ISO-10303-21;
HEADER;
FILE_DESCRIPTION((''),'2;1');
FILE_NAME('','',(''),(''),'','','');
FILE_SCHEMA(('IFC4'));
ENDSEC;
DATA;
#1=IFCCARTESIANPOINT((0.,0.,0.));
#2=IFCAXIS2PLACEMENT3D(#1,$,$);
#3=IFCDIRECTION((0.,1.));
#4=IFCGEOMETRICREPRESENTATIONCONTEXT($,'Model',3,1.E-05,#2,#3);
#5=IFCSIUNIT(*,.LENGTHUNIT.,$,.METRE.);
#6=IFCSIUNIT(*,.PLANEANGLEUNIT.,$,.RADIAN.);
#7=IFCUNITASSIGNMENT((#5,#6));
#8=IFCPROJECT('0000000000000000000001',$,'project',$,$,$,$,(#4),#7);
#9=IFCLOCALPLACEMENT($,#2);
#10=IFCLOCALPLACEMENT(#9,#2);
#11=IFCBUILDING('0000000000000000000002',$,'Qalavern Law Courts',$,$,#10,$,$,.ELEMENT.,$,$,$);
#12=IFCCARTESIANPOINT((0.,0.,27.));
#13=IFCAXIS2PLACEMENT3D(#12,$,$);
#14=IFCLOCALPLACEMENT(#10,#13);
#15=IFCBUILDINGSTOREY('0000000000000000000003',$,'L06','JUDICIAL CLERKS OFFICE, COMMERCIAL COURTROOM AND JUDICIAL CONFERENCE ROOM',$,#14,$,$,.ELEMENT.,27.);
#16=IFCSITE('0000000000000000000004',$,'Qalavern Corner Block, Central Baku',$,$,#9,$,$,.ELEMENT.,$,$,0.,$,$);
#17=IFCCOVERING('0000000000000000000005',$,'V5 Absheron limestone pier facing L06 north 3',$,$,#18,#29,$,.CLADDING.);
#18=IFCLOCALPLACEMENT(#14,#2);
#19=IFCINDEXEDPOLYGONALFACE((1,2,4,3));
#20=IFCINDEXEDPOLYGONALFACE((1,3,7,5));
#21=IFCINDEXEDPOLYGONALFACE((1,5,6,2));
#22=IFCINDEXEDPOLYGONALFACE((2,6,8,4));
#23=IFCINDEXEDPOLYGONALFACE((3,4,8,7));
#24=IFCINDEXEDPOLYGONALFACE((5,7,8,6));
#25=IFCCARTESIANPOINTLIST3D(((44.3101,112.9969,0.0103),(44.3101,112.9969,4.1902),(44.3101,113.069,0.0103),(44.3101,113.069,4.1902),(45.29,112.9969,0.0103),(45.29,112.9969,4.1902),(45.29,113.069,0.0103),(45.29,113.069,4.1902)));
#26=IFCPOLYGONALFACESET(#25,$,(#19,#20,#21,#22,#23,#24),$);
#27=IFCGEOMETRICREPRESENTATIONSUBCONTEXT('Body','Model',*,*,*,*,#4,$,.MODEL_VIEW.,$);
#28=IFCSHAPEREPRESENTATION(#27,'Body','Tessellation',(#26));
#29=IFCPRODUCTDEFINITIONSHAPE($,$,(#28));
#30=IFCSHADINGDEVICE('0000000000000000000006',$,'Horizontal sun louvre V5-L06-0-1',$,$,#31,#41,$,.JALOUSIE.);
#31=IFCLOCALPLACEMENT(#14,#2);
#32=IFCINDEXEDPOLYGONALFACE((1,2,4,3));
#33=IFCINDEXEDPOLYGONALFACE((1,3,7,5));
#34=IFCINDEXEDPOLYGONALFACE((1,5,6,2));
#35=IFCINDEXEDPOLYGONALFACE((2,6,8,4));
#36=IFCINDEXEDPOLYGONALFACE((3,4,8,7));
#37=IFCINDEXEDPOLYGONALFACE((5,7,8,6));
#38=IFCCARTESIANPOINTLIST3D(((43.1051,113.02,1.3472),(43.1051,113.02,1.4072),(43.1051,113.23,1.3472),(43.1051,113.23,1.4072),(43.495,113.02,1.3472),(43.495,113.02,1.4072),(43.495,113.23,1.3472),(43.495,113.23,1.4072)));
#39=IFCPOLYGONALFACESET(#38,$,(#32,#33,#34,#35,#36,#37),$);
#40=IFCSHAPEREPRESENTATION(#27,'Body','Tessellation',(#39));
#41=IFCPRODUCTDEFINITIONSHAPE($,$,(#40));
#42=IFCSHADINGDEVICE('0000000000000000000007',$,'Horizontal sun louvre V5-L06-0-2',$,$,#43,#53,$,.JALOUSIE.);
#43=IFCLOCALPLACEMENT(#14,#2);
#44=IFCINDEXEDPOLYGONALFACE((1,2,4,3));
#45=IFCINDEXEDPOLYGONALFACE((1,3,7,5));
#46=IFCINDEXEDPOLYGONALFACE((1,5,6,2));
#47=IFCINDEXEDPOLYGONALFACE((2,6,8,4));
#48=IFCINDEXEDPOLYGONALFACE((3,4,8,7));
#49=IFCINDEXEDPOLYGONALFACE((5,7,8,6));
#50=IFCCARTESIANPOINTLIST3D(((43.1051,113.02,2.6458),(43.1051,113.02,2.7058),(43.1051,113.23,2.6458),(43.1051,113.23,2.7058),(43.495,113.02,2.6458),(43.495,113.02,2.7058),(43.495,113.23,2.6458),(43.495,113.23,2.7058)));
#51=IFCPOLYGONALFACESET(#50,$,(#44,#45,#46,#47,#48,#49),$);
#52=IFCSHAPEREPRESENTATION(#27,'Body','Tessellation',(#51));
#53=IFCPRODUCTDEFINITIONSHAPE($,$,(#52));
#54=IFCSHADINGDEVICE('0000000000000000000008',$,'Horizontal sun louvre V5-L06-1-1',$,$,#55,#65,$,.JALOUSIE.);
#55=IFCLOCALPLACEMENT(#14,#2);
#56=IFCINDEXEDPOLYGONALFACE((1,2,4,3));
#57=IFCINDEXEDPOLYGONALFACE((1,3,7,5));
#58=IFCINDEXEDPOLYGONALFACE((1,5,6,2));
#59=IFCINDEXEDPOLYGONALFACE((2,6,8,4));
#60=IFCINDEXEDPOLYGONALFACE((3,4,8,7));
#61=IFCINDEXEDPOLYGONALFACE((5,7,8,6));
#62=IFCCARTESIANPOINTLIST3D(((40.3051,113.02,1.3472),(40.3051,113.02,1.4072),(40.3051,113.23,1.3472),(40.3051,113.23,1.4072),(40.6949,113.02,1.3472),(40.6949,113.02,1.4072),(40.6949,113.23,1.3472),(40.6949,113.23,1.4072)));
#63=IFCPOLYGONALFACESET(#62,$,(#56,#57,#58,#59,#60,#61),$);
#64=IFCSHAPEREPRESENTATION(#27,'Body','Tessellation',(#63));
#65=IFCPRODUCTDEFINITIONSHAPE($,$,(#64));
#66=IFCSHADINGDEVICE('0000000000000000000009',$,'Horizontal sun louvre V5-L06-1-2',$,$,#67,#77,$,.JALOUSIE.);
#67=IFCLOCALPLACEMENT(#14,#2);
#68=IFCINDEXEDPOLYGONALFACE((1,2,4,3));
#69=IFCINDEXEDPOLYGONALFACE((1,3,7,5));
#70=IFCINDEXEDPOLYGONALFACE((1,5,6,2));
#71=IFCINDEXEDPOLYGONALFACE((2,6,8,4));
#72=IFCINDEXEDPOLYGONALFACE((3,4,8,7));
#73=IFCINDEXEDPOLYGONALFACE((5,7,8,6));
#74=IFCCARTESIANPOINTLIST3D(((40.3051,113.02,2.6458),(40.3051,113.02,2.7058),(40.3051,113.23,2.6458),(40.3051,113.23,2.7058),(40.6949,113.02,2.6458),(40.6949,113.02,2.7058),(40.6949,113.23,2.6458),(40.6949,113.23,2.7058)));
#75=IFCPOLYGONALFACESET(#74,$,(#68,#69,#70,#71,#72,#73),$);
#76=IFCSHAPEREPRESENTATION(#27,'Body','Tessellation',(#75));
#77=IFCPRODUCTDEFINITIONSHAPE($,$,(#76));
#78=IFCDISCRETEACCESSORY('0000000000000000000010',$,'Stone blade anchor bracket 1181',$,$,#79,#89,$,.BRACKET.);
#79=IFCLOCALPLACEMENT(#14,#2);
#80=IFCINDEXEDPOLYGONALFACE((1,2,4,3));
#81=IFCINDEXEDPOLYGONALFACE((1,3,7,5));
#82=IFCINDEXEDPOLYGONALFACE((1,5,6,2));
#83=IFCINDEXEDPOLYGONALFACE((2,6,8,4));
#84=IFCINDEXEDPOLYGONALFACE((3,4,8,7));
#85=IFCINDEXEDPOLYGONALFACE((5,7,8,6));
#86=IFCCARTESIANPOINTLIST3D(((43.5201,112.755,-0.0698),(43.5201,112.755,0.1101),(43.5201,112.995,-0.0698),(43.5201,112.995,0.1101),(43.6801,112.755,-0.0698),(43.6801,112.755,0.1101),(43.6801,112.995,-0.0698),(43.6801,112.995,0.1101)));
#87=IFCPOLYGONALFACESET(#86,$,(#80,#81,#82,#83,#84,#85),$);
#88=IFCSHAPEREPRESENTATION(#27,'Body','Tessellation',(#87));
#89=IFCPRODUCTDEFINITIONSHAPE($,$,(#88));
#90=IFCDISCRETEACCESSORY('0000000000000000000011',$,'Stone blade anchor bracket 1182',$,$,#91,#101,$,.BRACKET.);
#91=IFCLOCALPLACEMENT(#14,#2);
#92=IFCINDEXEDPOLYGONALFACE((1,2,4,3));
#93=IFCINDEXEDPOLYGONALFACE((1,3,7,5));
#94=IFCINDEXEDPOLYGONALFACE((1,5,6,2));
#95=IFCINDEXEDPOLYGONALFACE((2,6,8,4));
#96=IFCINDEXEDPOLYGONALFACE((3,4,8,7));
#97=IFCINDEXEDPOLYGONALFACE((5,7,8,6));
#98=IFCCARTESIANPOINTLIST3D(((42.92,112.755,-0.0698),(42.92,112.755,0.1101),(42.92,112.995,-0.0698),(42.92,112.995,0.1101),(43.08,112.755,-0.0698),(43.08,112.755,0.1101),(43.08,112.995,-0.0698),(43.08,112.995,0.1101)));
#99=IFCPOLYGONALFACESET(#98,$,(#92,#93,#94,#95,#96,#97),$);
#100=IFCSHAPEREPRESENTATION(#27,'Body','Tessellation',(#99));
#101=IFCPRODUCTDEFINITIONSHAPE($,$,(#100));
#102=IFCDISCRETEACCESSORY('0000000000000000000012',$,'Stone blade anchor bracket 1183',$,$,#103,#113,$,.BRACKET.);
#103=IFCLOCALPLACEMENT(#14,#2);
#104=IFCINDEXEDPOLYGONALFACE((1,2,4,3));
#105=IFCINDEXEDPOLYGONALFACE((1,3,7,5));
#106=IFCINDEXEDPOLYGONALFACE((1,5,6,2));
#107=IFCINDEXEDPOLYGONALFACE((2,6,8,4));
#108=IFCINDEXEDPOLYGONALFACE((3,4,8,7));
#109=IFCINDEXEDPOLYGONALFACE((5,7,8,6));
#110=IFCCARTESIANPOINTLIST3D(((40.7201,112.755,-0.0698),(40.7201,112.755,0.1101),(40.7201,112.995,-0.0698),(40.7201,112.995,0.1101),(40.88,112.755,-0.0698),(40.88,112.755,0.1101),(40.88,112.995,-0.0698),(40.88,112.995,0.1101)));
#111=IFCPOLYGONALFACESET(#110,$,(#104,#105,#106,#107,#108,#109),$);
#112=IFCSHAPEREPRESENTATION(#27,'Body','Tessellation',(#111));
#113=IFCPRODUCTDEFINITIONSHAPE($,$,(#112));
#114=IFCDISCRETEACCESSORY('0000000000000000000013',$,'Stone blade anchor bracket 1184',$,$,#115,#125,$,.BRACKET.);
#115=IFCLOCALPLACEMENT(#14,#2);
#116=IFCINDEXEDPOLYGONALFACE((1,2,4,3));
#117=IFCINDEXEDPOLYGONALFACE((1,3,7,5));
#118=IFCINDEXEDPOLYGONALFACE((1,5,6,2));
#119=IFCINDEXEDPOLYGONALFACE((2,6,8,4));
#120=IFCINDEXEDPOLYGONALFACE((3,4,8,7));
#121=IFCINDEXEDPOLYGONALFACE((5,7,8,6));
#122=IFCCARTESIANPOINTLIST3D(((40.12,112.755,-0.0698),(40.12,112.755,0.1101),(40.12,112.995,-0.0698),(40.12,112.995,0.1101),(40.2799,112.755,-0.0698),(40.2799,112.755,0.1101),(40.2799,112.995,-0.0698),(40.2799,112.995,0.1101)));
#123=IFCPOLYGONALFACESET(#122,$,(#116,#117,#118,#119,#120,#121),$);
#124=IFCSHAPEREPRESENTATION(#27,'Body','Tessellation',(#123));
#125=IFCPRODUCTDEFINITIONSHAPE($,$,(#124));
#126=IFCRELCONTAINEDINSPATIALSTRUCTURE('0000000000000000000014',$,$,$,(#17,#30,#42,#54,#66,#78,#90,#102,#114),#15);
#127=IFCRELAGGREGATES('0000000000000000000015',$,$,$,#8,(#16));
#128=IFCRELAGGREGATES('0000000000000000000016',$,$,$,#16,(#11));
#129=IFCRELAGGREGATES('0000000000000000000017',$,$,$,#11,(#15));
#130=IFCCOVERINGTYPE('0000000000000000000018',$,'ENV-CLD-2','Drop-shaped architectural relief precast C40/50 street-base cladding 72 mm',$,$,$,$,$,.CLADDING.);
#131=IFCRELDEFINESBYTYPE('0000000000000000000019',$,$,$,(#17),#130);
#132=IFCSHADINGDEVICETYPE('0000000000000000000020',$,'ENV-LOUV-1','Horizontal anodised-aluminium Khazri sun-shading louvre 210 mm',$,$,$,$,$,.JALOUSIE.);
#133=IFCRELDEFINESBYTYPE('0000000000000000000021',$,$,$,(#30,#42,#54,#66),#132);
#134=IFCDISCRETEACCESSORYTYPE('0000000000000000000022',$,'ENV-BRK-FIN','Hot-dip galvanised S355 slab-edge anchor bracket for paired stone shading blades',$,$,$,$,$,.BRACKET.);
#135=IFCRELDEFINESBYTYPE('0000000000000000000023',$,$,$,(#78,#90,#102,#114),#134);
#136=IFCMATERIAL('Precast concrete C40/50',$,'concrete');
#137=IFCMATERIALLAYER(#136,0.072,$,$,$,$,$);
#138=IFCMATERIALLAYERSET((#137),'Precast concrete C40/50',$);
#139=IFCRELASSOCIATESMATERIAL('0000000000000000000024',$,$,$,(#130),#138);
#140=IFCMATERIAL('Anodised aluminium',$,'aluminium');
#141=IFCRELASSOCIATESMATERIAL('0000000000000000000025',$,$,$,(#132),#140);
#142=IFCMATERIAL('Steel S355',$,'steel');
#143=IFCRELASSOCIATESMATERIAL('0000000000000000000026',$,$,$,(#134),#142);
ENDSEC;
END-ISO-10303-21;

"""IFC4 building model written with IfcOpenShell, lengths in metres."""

from ifc_helpers import new_model, si_unit, direction, frame, origin, origin_2d, place, context, subcontext, project, spatial, rectangle, extrude, material, layer, layer_set, type_object, element, save


model = new_model("IFC4")

# Units and contexts
model_context = context("Model", 3, precision=1e-05, world=origin(), true_north=direction((0.0, 1.0)))
body_context = subcontext(model_context, "Body", "Model", "MODEL_VIEW")
ifc_project = project(units=[si_unit("LENGTHUNIT", "METRE"), si_unit("PLANEANGLEUNIT", "RADIAN")], contexts=[model_context])

# Site, building, storey
site_placement = place(None, origin())
site = spatial("IfcSite", under=ifc_project, at=site_placement, Name="Qalavern Corner Block, Central Baku", CompositionType="ELEMENT", RefElevation=0.0)
building_placement = place(site_placement, origin())
building = spatial("IfcBuilding", under=site, at=building_placement, Name="Qalavern Law Courts", CompositionType="ELEMENT")
storey_placement = place(building_placement, frame((0.0, 0.0, 27.0)))
storey = spatial("IfcBuildingStorey", under=building, at=storey_placement, Name="L06", Description="JUDICIAL CLERKS OFFICE, COMMERCIAL COURTROOM AND JUDICIAL CONFERENCE ROOM", CompositionType="ELEMENT", Elevation=27.0)

# Shared definitions
ifc_material_1 = material(Name="Anodised aluminium", Category="aluminium")

# Covering
ifc_material_2 = material(Name="Precast concrete C40/50", Category="concrete")
ifc_layer_1 = layer(ifc_material_2, 0.072)
ifc_layer_set_1 = layer_set([ifc_layer_1], Name="Precast concrete C40/50")
covering_type_1 = type_object("IfcCoveringType", Name="ENV-CLD-2", Description="Drop-shaped architectural relief precast C40/50 street-base cladding 72 mm", PredefinedType="CLADDING", material=ifc_layer_set_1)
covering_placement = place(storey_placement, frame((44.8, 113.033, 0.0103), z_axis=(0.0, 0.0, 1.0), x_axis=(-1.0, 0.0, 0.0)))
element("IfcCovering", 1, at=covering_placement, inside=storey, type_object=covering_type_1, Name="V5 Absheron limestone pier facing L06 north 3", PredefinedType="CLADDING", context=body_context, shape_type="SweptSolid", body=[
    extrude(rectangle(XDim=0.98, YDim=0.072, at=origin_2d()), origin(), (0.0, 0.0, 1.0), 4.1799),
])

# Shading devices
shading_device_type = type_object("IfcShadingDeviceType", Name="ENV-LOUV-1", Description="Horizontal anodised-aluminium Khazri sun-shading louvre 210 mm", PredefinedType="JALOUSIE", material=ifc_material_1)
for number, where, z_axis, x_axis, name in (
    (2, (43.3, 113.125, 1.3472), (0.0, 0.0, 1.0), (-1.0, 0.0, 0.0), "Horizontal sun louvre V5-L06-0-1"),
    (3, (43.3, 113.125, 2.6458), (0.0, 0.0, 1.0), (-1.0, 0.0, 0.0), "Horizontal sun louvre V5-L06-0-2"),
    (4, (40.5, 113.125, 1.3472), (0.0, 0.0, 1.0), (-1.0, 0.0, 0.0), "Horizontal sun louvre V5-L06-1-1"),
    (5, (40.5, 113.125, 2.6458), (0.0, 0.0, 1.0), (-1.0, 0.0, 0.0), "Horizontal sun louvre V5-L06-1-2"),
):
    element("IfcShadingDevice", number, at=place(storey_placement, frame(where, z_axis=z_axis, x_axis=x_axis)), inside=storey, type_object=shading_device_type, Name=name, PredefinedType="JALOUSIE", context=body_context, shape_type="SweptSolid", body=[
        extrude(rectangle(XDim=0.3899, YDim=0.21, at=origin_2d()), origin(), (0.0, 0.0, 1.0), 0.0601),
    ])

# Discrete accessories
ifc_material_3 = material(Name="Steel S355", Category="steel")
discrete_accessory_type = type_object("IfcDiscreteAccessoryType", Name="ENV-BRK-FIN", Description="Hot-dip galvanised S355 slab-edge anchor bracket for paired stone shading blades", PredefinedType="BRACKET", material=ifc_material_3)
for number, where, z_axis, x_axis, name in (
    (6, (43.6001, 112.875, -0.0698), (0.0, 0.0, 1.0), (0.0, 1.0, 0.0), "Stone blade anchor bracket 1181"),
    (7, (43.0, 112.875, -0.0698), (0.0, 0.0, 1.0), (0.0, 1.0, 0.0), "Stone blade anchor bracket 1182"),
    (8, (40.8, 112.875, -0.0698), (0.0, 0.0, 1.0), (0.0, 1.0, 0.0), "Stone blade anchor bracket 1183"),
    (9, (40.2, 112.875, -0.0698), (0.0, 0.0, 1.0), (0.0, 1.0, 0.0), "Stone blade anchor bracket 1184"),
):
    element("IfcDiscreteAccessory", number, at=place(storey_placement, frame(where, z_axis=z_axis, x_axis=x_axis)), inside=storey, type_object=discrete_accessory_type, Name=name, PredefinedType="BRACKET", context=body_context, shape_type="SweptSolid", body=[
        extrude(rectangle(XDim=0.24, YDim=0.1599, at=origin_2d()), origin(), (0.0, 0.0, 1.0), 0.1799),
    ])

save(model, "model.ifc")
